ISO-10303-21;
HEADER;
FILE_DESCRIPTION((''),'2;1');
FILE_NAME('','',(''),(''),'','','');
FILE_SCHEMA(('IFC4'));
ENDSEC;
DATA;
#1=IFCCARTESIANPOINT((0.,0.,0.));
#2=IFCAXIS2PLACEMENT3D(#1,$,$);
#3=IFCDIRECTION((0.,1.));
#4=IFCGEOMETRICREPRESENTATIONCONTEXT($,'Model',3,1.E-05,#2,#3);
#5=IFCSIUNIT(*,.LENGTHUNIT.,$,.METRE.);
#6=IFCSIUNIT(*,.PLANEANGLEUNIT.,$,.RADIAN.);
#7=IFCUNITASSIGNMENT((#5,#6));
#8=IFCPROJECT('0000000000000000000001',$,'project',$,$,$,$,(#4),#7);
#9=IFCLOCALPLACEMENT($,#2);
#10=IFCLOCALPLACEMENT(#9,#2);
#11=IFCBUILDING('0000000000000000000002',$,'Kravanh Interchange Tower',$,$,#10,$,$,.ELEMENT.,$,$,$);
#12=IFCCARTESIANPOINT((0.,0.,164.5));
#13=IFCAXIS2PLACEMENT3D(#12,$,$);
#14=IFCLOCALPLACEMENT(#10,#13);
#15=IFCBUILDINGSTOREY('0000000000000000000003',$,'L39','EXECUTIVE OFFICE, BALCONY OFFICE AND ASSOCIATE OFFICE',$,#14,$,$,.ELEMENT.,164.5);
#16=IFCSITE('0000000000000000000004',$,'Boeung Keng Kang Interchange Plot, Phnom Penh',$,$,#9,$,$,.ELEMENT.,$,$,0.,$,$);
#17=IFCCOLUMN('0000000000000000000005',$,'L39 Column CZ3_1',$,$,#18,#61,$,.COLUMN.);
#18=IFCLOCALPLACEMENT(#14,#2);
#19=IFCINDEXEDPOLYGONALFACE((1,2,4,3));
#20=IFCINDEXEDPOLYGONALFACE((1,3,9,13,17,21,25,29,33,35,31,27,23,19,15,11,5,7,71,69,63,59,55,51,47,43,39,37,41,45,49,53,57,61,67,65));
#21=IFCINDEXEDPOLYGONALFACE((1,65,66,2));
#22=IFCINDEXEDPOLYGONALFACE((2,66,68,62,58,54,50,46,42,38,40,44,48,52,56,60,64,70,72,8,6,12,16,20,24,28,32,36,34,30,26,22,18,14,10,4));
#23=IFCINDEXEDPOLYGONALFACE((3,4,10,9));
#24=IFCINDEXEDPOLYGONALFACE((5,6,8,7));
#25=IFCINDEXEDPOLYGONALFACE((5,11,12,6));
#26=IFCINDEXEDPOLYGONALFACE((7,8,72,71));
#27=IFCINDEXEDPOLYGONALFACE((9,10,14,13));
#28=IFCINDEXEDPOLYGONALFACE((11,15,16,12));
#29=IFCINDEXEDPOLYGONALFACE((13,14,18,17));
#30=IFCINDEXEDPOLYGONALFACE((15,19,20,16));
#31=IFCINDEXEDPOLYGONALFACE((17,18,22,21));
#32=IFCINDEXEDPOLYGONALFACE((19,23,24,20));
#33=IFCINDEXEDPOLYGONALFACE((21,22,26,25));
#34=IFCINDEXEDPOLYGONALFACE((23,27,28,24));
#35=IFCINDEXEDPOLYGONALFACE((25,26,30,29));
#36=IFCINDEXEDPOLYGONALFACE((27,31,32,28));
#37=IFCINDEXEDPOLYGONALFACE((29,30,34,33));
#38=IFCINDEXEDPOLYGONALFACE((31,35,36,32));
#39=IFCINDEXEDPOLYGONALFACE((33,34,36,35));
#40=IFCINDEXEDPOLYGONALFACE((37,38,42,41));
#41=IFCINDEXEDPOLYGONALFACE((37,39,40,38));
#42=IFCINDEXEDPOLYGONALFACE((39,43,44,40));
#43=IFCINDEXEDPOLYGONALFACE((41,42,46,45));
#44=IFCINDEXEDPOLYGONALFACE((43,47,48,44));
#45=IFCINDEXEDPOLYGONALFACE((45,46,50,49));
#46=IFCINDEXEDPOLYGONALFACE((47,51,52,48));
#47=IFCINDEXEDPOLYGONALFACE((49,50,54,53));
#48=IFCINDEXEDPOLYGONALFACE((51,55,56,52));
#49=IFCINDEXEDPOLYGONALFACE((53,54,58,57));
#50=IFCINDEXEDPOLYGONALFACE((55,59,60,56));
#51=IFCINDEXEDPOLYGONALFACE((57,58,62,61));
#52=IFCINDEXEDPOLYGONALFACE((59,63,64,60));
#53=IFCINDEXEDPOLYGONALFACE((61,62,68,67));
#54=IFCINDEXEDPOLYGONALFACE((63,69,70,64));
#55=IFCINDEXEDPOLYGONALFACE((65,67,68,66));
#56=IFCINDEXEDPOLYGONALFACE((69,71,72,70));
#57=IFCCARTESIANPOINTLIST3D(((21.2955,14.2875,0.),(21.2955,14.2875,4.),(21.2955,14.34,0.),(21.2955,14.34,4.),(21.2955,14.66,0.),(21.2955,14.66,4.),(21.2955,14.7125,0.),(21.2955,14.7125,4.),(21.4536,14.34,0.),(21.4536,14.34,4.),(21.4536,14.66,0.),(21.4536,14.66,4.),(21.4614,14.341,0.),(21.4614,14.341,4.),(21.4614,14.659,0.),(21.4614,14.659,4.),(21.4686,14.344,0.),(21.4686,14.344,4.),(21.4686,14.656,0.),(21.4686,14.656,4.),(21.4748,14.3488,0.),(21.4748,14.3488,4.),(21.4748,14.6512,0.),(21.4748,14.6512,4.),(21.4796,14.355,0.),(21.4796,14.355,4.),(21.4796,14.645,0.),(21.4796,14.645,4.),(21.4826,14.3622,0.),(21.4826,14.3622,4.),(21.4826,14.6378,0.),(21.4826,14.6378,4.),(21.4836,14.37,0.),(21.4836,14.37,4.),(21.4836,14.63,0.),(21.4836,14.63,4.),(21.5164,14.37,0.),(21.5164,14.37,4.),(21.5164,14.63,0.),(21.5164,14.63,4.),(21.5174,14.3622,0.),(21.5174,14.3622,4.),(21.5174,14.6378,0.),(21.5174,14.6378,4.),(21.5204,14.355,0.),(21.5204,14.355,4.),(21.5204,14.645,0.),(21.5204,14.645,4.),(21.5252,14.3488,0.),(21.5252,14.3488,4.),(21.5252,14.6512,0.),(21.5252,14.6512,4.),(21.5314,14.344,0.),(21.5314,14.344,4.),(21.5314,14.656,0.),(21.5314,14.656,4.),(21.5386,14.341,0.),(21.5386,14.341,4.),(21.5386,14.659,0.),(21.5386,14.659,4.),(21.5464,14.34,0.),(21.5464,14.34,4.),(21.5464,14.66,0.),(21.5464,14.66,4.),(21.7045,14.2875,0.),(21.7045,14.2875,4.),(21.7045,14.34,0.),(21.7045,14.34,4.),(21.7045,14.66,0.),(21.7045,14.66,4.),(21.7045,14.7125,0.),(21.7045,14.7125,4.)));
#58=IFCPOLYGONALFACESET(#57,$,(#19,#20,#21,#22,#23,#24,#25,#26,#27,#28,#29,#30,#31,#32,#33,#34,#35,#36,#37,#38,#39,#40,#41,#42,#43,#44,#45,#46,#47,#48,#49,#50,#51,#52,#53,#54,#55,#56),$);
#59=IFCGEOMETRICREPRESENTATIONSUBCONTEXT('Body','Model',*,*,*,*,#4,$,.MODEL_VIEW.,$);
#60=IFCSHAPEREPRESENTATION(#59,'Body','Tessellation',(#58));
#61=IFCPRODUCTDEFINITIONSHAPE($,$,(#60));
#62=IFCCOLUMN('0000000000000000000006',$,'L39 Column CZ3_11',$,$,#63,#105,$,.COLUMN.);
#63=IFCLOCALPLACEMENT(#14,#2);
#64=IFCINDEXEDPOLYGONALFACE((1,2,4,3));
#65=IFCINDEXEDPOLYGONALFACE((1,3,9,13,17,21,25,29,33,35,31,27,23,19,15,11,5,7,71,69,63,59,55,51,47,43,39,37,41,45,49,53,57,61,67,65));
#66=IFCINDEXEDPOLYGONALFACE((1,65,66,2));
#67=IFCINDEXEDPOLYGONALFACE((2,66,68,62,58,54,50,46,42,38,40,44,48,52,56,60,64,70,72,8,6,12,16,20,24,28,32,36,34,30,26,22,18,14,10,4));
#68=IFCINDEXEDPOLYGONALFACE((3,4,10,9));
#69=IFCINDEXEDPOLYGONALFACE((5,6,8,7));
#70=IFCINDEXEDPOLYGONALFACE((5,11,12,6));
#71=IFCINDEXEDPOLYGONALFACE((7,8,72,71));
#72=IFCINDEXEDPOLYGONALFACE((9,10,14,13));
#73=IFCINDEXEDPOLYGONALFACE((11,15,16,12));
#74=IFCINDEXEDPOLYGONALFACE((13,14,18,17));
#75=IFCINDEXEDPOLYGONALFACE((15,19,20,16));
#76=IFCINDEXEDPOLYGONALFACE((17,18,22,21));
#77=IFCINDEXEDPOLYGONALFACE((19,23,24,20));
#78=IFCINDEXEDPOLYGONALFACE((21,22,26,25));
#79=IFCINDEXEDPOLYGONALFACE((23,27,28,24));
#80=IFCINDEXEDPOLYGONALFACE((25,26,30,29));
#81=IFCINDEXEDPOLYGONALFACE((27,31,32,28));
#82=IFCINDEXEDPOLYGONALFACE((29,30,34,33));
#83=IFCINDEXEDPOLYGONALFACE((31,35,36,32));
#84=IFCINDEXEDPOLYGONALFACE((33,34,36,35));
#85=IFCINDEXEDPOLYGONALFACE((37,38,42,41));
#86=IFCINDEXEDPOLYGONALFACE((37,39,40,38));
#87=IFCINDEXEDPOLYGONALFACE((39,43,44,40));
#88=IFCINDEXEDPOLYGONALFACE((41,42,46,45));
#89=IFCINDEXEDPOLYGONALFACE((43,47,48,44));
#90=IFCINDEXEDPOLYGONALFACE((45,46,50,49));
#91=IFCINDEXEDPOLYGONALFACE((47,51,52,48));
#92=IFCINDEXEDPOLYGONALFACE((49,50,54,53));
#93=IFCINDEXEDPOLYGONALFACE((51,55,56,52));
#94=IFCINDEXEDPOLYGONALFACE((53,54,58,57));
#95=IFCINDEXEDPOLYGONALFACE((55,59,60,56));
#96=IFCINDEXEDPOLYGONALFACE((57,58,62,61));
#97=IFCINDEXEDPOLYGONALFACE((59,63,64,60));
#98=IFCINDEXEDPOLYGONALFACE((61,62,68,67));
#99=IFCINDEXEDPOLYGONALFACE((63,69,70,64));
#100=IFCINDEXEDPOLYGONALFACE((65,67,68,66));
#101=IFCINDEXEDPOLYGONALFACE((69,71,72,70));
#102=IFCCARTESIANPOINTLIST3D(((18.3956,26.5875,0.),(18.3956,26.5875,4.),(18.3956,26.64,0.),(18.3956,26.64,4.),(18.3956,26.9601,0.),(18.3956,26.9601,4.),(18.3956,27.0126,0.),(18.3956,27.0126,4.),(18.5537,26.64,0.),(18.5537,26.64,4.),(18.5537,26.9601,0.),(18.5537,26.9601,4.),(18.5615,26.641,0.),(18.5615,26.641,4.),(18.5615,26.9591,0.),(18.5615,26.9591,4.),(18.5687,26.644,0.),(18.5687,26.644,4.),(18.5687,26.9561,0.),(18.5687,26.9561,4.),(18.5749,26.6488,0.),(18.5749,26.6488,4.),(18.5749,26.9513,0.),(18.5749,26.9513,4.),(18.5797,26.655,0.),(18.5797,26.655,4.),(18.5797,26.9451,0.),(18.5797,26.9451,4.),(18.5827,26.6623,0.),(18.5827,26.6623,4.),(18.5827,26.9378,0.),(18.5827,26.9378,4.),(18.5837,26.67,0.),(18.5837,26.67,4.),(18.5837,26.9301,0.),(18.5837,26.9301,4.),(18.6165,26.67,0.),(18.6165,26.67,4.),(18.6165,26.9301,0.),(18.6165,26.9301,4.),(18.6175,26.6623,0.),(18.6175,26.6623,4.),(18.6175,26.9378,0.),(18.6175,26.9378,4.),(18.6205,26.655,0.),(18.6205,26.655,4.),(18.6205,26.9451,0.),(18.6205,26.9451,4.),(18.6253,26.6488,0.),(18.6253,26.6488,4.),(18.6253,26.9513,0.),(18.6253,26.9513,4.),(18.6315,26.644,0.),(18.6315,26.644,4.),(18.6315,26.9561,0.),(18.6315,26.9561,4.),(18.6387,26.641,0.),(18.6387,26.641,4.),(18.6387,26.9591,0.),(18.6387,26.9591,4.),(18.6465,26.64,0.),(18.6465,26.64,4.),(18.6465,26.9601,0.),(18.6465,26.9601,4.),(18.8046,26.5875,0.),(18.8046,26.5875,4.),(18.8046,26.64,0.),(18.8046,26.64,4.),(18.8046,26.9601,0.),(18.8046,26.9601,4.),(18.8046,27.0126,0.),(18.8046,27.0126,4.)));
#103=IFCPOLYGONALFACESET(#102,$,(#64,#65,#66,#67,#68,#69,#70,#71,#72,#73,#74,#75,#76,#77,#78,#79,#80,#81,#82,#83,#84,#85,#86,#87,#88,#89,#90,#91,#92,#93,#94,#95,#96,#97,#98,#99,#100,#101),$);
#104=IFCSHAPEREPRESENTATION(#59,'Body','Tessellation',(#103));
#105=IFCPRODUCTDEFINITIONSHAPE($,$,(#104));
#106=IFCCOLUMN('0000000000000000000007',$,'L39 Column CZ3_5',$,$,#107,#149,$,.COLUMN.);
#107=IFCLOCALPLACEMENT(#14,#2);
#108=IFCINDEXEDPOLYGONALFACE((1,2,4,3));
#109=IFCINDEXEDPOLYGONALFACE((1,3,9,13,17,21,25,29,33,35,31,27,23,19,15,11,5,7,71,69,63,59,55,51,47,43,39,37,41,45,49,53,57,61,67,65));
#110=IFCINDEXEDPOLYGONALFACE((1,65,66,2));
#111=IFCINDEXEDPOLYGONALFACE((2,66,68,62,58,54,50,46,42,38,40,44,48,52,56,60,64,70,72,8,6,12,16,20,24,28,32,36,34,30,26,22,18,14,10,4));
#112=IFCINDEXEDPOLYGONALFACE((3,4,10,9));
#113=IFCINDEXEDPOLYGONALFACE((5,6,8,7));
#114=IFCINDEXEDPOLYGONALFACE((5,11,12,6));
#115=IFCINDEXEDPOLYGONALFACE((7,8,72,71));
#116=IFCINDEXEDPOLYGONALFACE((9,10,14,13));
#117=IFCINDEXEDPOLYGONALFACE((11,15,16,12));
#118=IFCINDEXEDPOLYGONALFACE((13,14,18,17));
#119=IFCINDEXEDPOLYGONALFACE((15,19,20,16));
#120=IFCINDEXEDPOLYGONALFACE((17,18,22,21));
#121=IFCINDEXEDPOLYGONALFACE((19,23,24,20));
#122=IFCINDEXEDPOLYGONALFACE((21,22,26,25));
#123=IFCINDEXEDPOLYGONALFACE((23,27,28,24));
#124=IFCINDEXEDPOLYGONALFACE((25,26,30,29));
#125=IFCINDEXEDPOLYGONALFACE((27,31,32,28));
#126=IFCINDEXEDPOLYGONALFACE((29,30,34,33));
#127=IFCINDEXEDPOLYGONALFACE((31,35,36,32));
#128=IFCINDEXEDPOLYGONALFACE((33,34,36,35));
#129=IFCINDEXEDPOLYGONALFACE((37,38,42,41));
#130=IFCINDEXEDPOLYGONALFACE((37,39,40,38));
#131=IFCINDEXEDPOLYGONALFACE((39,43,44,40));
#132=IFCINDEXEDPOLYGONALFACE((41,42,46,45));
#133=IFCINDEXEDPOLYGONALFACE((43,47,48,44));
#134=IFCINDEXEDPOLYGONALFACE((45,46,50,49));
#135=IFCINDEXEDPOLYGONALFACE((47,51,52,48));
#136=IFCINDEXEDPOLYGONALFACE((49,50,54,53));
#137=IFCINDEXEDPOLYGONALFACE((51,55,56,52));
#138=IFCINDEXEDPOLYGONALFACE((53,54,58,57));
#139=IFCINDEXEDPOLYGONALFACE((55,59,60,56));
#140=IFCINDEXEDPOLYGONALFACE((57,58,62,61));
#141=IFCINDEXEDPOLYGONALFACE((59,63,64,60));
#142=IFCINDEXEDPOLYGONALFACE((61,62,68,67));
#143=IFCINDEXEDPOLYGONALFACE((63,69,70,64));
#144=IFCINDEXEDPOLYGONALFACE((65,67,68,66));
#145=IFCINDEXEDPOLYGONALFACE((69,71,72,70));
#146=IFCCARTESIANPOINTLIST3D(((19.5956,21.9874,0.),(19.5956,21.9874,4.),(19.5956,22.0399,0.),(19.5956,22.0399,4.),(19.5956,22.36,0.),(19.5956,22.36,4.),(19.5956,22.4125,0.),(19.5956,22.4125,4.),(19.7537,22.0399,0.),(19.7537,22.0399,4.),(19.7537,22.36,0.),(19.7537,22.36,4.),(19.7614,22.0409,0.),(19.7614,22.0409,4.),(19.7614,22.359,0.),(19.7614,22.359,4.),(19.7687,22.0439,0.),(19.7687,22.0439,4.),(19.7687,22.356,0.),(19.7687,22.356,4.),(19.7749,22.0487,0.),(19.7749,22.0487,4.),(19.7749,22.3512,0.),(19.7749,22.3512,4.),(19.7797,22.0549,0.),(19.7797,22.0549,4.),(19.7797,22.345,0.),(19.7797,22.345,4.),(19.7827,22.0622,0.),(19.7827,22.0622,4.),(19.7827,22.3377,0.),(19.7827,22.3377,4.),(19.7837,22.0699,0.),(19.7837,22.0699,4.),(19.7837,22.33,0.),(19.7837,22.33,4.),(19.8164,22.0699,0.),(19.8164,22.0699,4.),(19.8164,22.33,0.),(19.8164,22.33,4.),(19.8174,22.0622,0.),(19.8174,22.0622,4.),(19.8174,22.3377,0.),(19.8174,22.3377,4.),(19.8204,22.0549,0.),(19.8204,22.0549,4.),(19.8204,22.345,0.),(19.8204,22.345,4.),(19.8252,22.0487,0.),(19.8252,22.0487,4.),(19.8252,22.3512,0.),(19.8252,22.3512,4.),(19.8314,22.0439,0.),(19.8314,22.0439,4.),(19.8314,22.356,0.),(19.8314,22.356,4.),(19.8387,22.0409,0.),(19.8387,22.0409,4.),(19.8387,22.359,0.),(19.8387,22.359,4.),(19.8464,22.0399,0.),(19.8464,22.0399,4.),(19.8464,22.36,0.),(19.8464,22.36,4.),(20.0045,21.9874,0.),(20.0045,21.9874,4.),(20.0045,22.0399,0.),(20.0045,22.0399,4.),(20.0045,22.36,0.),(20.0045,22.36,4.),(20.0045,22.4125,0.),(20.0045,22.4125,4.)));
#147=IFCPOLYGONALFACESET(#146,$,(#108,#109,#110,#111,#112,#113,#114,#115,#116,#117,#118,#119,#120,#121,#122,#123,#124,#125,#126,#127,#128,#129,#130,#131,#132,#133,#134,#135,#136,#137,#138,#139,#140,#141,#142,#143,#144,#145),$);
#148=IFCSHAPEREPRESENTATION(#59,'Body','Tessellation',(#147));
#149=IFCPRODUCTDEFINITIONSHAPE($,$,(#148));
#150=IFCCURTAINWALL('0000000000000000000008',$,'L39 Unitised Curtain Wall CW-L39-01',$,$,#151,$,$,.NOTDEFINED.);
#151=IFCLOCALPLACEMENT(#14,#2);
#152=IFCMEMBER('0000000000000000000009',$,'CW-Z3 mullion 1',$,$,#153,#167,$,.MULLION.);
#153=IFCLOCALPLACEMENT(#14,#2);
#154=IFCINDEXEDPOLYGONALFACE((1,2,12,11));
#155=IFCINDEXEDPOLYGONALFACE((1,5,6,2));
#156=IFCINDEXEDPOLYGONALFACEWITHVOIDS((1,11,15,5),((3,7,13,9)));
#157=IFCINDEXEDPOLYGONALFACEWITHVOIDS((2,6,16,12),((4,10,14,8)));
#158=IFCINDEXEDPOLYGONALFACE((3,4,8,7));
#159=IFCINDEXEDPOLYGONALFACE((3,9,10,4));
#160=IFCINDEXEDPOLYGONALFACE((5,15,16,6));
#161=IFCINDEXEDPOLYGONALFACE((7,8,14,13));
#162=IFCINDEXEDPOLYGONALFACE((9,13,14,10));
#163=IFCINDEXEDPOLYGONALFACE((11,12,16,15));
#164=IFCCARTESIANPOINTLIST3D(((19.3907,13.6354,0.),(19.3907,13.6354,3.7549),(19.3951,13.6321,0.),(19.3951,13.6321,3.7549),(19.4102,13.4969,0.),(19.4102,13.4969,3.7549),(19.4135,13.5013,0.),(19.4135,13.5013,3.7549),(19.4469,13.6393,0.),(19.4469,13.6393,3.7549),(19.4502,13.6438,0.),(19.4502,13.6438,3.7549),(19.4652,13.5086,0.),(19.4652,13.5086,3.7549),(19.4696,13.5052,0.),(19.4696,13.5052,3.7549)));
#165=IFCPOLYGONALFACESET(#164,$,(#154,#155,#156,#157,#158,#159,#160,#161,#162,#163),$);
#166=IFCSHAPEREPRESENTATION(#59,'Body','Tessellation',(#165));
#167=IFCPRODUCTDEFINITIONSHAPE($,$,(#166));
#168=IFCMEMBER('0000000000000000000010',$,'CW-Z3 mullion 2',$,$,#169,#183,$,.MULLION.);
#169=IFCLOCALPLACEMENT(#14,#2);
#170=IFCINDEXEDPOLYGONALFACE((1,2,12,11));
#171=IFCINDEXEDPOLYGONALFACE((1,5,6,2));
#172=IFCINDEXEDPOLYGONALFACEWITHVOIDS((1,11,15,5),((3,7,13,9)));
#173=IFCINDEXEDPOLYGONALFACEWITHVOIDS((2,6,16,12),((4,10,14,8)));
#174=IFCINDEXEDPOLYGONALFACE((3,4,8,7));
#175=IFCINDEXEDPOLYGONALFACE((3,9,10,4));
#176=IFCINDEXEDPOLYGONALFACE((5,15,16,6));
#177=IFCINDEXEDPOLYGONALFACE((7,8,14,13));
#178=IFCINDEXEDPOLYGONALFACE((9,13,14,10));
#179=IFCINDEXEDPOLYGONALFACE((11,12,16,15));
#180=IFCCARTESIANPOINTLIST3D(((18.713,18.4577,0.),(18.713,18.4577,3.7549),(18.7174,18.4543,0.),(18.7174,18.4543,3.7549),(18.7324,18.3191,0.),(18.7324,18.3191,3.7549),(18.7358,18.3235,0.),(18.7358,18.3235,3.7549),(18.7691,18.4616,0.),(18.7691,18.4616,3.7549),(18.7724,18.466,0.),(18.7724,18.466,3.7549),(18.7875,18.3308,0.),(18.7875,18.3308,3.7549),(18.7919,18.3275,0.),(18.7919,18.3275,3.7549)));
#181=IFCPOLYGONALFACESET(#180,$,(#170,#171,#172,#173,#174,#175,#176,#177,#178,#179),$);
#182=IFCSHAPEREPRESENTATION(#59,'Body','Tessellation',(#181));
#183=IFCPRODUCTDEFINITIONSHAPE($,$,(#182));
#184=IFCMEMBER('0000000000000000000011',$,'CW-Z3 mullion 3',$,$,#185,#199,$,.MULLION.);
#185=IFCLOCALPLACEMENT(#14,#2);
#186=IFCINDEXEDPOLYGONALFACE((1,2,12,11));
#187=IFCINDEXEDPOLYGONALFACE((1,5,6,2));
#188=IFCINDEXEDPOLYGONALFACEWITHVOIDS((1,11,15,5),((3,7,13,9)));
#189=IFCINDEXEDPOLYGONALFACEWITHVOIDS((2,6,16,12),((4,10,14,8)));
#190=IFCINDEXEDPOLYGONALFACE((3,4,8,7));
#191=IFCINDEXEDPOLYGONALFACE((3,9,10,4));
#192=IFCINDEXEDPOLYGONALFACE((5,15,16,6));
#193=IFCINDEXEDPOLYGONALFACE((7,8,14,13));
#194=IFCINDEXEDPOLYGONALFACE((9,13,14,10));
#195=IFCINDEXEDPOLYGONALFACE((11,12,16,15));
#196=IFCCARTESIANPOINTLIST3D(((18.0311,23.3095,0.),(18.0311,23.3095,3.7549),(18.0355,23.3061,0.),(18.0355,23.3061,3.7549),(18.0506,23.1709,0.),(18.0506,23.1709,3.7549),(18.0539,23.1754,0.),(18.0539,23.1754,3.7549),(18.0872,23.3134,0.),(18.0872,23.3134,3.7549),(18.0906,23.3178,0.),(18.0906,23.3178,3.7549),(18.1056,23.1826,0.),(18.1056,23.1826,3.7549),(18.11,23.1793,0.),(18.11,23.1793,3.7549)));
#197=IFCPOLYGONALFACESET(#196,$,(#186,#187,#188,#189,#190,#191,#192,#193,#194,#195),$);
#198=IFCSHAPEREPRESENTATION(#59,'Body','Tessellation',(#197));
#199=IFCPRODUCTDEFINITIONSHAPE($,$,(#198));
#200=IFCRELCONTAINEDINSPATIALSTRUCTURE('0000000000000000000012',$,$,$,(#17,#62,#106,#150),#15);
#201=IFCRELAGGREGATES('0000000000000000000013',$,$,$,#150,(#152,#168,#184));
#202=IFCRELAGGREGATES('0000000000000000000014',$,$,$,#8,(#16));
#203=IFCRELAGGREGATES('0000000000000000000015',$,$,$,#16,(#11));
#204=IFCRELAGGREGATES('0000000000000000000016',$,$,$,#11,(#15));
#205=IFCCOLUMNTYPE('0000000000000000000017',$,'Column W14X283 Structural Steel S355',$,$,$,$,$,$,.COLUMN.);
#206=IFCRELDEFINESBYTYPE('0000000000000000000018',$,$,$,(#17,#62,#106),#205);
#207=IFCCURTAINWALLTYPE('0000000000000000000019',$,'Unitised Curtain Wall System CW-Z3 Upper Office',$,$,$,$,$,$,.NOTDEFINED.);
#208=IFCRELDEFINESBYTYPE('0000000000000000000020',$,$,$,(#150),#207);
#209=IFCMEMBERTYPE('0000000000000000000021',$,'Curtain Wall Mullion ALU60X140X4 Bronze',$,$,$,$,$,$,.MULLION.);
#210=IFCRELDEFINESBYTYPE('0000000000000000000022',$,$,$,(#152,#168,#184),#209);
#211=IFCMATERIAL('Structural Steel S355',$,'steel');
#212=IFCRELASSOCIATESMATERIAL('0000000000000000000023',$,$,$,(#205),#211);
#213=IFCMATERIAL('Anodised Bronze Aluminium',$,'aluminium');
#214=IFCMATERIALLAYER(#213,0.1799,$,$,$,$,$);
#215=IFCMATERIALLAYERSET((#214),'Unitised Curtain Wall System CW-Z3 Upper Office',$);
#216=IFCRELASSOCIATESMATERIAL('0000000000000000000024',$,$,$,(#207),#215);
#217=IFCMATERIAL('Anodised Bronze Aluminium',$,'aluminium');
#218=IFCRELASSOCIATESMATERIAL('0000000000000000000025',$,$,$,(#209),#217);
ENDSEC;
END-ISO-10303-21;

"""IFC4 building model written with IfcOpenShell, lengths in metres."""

from ifc_helpers import new_model, si_unit, direction, frame, origin, origin_2d, place, context, subcontext, project, spatial, hollow_rectangle, i_section, extrude, material, layer, layer_set, material_profile, profile_set, type_object, element, aggregate, save


model = new_model("IFC4")

# Units and contexts
model_context = context("Model", 3, precision=1e-05, world=origin(), true_north=direction((0.0, 1.0)))
body_context = subcontext(model_context, "Body", "Model", "MODEL_VIEW")
ifc_project = project(units=[si_unit("LENGTHUNIT", "METRE"), si_unit("PLANEANGLEUNIT", "RADIAN")], contexts=[model_context])

# Site, building, storey
site_placement = place(None, origin())
site = spatial("IfcSite", under=ifc_project, at=site_placement, Name="Boeung Keng Kang Interchange Plot, Phnom Penh", CompositionType="ELEMENT", RefElevation=0.0)
building_placement = place(site_placement, origin())
building = spatial("IfcBuilding", under=site, at=building_placement, Name="Kravanh Interchange Tower", CompositionType="ELEMENT")
storey_placement = place(building_placement, frame((0.0, 0.0, 164.5)))
storey = spatial("IfcBuildingStorey", under=building, at=storey_placement, Name="L39", Description="EXECUTIVE OFFICE, BALCONY OFFICE AND ASSOCIATE OFFICE", CompositionType="ELEMENT", Elevation=164.5)

# Columns
ifc_material_1 = material(Name="Structural Steel S355", Category="steel")
ifc_material_profile_1 = material_profile(ifc_material_1, i_section(OverallWidth=0.4089, OverallDepth=0.425, WebThickness=0.0327, FlangeThickness=0.0525, FilletRadius=0.03, at=origin_2d()), Name="W14X283")
ifc_profile_set_1 = profile_set([ifc_material_profile_1], Name="Structural Steel S355")
column_type = type_object("IfcColumnType", Name="Column W14X283 Structural Steel S355", PredefinedType="COLUMN", material=ifc_profile_set_1)
for number, where, z_axis, x_axis, name in (
    (1, (21.5, 14.5, 0.0), (0.0, 0.0, 1.0), (1.0, 0.0, 0.0), "L39 Column CZ3_1"),
    (2, (18.6001, 26.8, 0.0), (0.0, 0.0, 1.0), (1.0, 0.0, 0.0), "L39 Column CZ3_11"),
    (3, (19.8, 22.2, 0.0), (0.0, 0.0, 1.0), (1.0, 0.0, 0.0), "L39 Column CZ3_5"),
):
    element("IfcColumn", number, at=place(storey_placement, frame(where, z_axis=z_axis, x_axis=x_axis)), inside=storey, type_object=column_type, Name=name, PredefinedType="COLUMN", context=body_context, shape_type="SweptSolid", body=[
        extrude(i_section(OverallWidth=0.4089, OverallDepth=0.425, WebThickness=0.0327, FlangeThickness=0.0525, FilletRadius=0.03, at=origin_2d()), origin(), (0.0, 0.0, 1.0), 4.0),
    ])

# Curtain wall, members
ifc_material_2 = material(Name="Anodised Bronze Aluminium", Category="aluminium")
ifc_layer_1 = layer(ifc_material_2, 0.1799)
ifc_layer_set_1 = layer_set([ifc_layer_1], Name="Unitised Curtain Wall System CW-Z3 Upper Office")
curtain_wall_type = type_object("IfcCurtainWallType", Name="Unitised Curtain Wall System CW-Z3 Upper Office", PredefinedType="NOTDEFINED", material=ifc_layer_set_1)
curtain_wall_1_placement = place(storey_placement, origin())
curtain_wall_1 = element("IfcCurtainWall", 4, at=curtain_wall_1_placement, inside=storey, type_object=curtain_wall_type, Name="L39 Unitised Curtain Wall CW-L39-01", PredefinedType="NOTDEFINED")
ifc_material_3 = material(Name="Anodised Bronze Aluminium", Category="aluminium")
ifc_material_profile_2 = material_profile(ifc_material_3, hollow_rectangle(XDim=0.0601, YDim=0.1399, WallThickness=0.0039, at=origin_2d()), Name="ALU60X140X4")
ifc_profile_set_2 = profile_set([ifc_material_profile_2], Name="Anodised Bronze Aluminium")
member_type_1 = type_object("IfcMemberType", Name="Curtain Wall Mullion ALU60X140X4 Bronze", PredefinedType="MULLION", material=ifc_profile_set_2)
member_1_placement = place(storey_placement, frame((19.4302, 13.5703, 0.0), z_axis=(0.0, 0.0, 1.0), x_axis=(-0.990268, -0.139172, 0.0)))
member_1 = element("IfcMember", 5, at=member_1_placement, type_object=member_type_1, Name="CW-Z3 mullion 1", PredefinedType="MULLION", context=body_context, shape_type="SweptSolid", body=[
    extrude(hollow_rectangle(XDim=0.0601, YDim=0.1399, WallThickness=0.0039, at=origin_2d()), origin(), (0.0, 0.0, 1.0), 3.7549),
])
member_2_placement = place(storey_placement, frame((18.7524, 18.3926, 0.0), z_axis=(0.0, 0.0, 1.0), x_axis=(-0.990268, -0.139172, 0.0)))
member_2 = element("IfcMember", 6, at=member_2_placement, type_object=member_type_1, Name="CW-Z3 mullion 2", PredefinedType="MULLION", context=body_context, shape_type="SweptSolid", body=[
    extrude(hollow_rectangle(XDim=0.0601, YDim=0.1399, WallThickness=0.0039, at=origin_2d()), origin(), (0.0, 0.0, 1.0), 3.7549),
])
member_3_placement = place(storey_placement, frame((18.0706, 23.2444, 0.0), z_axis=(0.0, 0.0, 1.0), x_axis=(-0.990268, -0.139172, 0.0)))
member_3 = element("IfcMember", 7, at=member_3_placement, type_object=member_type_1, Name="CW-Z3 mullion 3", PredefinedType="MULLION", context=body_context, shape_type="SweptSolid", body=[
    extrude(hollow_rectangle(XDim=0.0601, YDim=0.1399, WallThickness=0.0039, at=origin_2d()), origin(), (0.0, 0.0, 1.0), 3.7549),
])

aggregate(curtain_wall_1, [member_1, member_2, member_3])

save(model, "model.ifc")
